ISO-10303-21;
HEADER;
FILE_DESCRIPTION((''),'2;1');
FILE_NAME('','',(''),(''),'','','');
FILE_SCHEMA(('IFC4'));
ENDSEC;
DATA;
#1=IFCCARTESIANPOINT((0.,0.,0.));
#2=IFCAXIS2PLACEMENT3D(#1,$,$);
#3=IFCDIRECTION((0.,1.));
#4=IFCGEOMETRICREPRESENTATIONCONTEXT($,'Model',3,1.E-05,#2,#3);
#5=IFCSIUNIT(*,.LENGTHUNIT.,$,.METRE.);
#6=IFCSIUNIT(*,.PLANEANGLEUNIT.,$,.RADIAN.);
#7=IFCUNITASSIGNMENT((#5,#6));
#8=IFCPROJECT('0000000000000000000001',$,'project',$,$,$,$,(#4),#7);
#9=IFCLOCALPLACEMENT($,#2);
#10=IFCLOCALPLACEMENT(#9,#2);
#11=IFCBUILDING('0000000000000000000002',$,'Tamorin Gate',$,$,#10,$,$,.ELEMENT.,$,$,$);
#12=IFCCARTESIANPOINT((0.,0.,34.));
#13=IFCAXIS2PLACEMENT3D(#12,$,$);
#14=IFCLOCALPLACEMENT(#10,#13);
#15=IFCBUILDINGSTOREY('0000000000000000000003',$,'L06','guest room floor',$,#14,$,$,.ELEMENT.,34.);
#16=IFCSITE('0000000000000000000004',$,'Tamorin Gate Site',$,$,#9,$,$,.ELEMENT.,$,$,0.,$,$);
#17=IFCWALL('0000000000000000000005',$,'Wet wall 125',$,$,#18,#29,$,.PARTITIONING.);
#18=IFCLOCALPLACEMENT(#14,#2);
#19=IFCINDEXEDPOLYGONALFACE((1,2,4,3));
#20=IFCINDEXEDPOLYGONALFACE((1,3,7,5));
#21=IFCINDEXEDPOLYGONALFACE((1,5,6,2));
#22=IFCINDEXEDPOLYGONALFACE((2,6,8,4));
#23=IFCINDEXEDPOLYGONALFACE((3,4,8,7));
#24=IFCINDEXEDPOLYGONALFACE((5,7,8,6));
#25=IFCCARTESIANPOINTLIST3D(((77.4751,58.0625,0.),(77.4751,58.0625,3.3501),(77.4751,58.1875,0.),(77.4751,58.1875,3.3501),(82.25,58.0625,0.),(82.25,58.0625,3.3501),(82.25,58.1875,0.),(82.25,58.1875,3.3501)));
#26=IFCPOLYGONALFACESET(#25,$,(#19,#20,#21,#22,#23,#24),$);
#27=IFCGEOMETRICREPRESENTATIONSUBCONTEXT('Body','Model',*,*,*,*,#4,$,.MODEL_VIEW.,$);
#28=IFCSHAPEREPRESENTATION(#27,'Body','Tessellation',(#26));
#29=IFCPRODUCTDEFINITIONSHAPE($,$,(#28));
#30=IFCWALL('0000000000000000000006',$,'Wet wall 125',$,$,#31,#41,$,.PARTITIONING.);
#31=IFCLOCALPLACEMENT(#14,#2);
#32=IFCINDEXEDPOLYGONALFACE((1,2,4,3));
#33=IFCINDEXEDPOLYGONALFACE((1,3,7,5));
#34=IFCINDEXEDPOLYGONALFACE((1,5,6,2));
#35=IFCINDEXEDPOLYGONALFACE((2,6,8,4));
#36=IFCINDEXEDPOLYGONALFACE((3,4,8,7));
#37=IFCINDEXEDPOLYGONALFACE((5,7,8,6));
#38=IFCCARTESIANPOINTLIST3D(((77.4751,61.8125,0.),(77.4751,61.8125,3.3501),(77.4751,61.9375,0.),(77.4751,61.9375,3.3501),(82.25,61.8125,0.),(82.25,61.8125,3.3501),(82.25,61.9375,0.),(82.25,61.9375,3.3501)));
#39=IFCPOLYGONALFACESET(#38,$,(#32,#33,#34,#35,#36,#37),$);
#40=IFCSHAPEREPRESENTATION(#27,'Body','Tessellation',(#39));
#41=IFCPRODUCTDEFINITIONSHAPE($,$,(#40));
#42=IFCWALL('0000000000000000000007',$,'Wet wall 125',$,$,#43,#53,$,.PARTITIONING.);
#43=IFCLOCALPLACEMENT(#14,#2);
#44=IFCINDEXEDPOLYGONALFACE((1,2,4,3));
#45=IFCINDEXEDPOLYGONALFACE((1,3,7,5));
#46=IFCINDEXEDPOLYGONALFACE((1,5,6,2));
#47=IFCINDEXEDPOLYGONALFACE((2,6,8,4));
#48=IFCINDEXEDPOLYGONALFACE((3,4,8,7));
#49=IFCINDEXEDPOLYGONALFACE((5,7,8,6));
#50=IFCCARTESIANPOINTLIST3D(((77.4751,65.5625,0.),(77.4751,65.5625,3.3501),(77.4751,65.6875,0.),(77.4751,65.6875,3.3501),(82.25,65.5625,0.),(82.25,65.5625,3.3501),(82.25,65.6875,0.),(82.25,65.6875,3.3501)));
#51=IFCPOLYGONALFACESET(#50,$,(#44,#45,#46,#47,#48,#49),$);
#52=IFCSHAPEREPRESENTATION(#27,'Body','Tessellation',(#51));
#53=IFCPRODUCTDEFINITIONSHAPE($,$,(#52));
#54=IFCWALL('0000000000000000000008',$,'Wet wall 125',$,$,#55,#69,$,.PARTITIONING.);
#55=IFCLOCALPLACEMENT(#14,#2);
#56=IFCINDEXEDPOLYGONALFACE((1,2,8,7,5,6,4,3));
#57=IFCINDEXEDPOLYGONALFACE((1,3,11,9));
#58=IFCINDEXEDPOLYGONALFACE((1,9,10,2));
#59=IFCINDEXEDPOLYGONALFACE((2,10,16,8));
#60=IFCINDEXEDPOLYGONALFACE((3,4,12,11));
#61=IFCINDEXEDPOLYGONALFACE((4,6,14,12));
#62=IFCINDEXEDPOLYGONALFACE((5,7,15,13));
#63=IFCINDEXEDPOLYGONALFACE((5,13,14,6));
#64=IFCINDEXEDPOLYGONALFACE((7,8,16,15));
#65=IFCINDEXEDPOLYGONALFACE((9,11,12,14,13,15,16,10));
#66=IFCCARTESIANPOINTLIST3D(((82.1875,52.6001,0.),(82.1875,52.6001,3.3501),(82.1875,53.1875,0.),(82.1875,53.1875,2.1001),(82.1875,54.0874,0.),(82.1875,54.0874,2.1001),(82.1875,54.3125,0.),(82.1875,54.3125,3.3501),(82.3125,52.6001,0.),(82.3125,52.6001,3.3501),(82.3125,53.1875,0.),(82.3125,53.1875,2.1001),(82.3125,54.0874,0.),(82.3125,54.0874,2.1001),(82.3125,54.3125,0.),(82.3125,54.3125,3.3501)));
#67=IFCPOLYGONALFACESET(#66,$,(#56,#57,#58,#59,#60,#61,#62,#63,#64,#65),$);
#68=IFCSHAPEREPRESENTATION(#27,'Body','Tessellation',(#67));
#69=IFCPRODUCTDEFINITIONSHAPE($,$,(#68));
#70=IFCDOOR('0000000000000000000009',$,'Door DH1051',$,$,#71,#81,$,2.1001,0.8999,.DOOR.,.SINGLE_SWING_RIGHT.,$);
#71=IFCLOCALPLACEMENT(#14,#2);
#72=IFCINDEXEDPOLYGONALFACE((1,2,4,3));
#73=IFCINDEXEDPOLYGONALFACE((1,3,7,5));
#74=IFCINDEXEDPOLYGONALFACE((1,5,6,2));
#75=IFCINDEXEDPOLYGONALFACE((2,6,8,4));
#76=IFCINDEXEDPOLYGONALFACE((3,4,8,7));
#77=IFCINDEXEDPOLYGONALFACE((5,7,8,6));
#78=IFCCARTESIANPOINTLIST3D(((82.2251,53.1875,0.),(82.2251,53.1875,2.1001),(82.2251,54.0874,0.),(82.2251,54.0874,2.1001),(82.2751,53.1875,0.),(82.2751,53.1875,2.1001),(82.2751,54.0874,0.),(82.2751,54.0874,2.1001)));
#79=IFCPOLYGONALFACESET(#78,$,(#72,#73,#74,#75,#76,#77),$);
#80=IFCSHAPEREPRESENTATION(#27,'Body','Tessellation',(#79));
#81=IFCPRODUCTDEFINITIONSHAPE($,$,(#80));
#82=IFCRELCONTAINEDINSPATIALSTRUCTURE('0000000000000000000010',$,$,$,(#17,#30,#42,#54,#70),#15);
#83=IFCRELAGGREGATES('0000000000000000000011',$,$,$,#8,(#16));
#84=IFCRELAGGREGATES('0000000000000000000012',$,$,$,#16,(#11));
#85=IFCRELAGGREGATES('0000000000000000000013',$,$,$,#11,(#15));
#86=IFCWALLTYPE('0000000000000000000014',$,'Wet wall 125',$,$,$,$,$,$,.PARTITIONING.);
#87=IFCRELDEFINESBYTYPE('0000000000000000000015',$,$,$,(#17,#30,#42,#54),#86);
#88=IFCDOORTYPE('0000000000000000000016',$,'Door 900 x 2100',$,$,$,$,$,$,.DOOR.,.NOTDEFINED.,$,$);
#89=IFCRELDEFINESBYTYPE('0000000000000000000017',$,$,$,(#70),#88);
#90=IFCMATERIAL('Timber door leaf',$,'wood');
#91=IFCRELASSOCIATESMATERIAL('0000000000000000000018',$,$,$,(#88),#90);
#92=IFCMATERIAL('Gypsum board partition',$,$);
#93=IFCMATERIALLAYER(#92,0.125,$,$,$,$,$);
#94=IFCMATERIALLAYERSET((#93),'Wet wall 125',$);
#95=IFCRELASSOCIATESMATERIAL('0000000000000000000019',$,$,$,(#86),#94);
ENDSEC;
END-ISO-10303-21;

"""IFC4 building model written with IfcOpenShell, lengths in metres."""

from ifc_helpers import new_model, si_unit, direction, frame, frame_2d, origin, place, context, subcontext, project, spatial, rectangle, extrude, material, layer, layer_set, type_object, element, fill, save


model = new_model("IFC4")

# Units and contexts
model_context = context("Model", 3, precision=1e-05, world=origin(), true_north=direction((0.0, 1.0)))
body_context = subcontext(model_context, "Body", "Model", "MODEL_VIEW")
ifc_project = project(units=[si_unit("LENGTHUNIT", "METRE"), si_unit("PLANEANGLEUNIT", "RADIAN")], contexts=[model_context])

# Site, building, storey
site_placement = place(None, origin())
site = spatial("IfcSite", under=ifc_project, at=site_placement, Name="Tamorin Gate Site", CompositionType="ELEMENT", RefElevation=0.0)
building_placement = place(site_placement, origin())
building = spatial("IfcBuilding", under=site, at=building_placement, Name="Tamorin Gate", CompositionType="ELEMENT")
storey_placement = place(building_placement, frame((0.0, 0.0, 34.0)))
storey = spatial("IfcBuildingStorey", under=building, at=storey_placement, Name="L06", Description="guest room floor", CompositionType="ELEMENT", Elevation=34.0)

# Shared definitions
ifc_material_1 = material(Name="Gypsum board partition")
ifc_material_2 = material(Name="Timber door leaf", Category="wood")

# Shared definitions
door_type_1 = type_object("IfcDoorType", Name="Door 900 x 2100", OperationType="NOTDEFINED", PredefinedType="DOOR", material=ifc_material_2)

# Walls
ifc_layer_1 = layer(ifc_material_1, 0.125)
ifc_layer_set_1 = layer_set([ifc_layer_1], Name="Wet wall 125")
wall_type_1 = type_object("IfcWallType", Name="Wet wall 125", PredefinedType="PARTITIONING", material=ifc_layer_set_1)
for number, where, z_axis, x_axis, name in (
    (1, (77.4751, 58.125, 0.0), (0.0, 0.0, 1.0), (1.0, 0.0, 0.0), "Wet wall 125"),
    (2, (77.4751, 61.875, 0.0), (0.0, 0.0, 1.0), (1.0, 0.0, 0.0), "Wet wall 125"),
    (3, (77.4751, 65.625, 0.0), (0.0, 0.0, 1.0), (1.0, 0.0, 0.0), "Wet wall 125"),
):
    element("IfcWall", number, at=place(storey_placement, frame(where, z_axis=z_axis, x_axis=x_axis)), inside=storey, type_object=wall_type_1, Name=name, PredefinedType="PARTITIONING", context=body_context, shape_type="SweptSolid", body=[
        extrude(rectangle(XDim=4.7749, YDim=0.125, at=frame_2d((2.3875, 0.0))), origin(), (0.0, 0.0, 1.0), 3.3501),
    ])

# Wall, opening, door
wall_1_placement = place(storey_placement, frame((82.25, 52.6001, 0.0), z_axis=(0.0, 0.0, 1.0), x_axis=(0.0, 1.0, 0.0)))
wall_1 = element("IfcWall", 4, at=wall_1_placement, inside=storey, type_object=wall_type_1, Name="Wet wall 125", PredefinedType="PARTITIONING", context=body_context, shape_type="SweptSolid", body=[
    extrude(rectangle(XDim=1.7124, YDim=0.125, at=frame_2d((0.8562, 0.0))), origin(), (0.0, 0.0, 1.0), 3.3501),
])
opening_1_placement = place(wall_1_placement, frame((0.5874, 0.0, 0.0)))
opening_1 = element("IfcOpeningElement", 5, at=opening_1_placement, cuts=wall_1, PredefinedType="OPENING", context=body_context, shape_type="SweptSolid", body=[
    extrude(rectangle(XDim=0.8999, YDim=2.1001, at=frame_2d((0.45, 1.05))), frame((0.0, 0.0725, 0.0), z_axis=(0.0, -1.0, 0.0), x_axis=(1.0, 0.0, 0.0)), (0.0, 0.0, 1.0), 0.145),
])
door_1_placement = place(opening_1_placement, origin())
door_1 = element("IfcDoor", 6, at=door_1_placement, inside=storey, type_object=door_type_1, Name="Door DH1051", OperationType="SINGLE_SWING_RIGHT", OverallHeight=2.1001, OverallWidth=0.8999, PredefinedType="DOOR", context=body_context, shape_type="SweptSolid", body=[
    extrude(rectangle(XDim=0.8999, YDim=2.1001, at=frame_2d((0.45, 1.05))), frame((0.0, 0.0249, 0.0), z_axis=(0.0, -1.0, 0.0), x_axis=(1.0, 0.0, 0.0)), (0.0, 0.0, 1.0), 0.05),
])
fill(opening_1, door_1)

save(model, "model.ifc")
